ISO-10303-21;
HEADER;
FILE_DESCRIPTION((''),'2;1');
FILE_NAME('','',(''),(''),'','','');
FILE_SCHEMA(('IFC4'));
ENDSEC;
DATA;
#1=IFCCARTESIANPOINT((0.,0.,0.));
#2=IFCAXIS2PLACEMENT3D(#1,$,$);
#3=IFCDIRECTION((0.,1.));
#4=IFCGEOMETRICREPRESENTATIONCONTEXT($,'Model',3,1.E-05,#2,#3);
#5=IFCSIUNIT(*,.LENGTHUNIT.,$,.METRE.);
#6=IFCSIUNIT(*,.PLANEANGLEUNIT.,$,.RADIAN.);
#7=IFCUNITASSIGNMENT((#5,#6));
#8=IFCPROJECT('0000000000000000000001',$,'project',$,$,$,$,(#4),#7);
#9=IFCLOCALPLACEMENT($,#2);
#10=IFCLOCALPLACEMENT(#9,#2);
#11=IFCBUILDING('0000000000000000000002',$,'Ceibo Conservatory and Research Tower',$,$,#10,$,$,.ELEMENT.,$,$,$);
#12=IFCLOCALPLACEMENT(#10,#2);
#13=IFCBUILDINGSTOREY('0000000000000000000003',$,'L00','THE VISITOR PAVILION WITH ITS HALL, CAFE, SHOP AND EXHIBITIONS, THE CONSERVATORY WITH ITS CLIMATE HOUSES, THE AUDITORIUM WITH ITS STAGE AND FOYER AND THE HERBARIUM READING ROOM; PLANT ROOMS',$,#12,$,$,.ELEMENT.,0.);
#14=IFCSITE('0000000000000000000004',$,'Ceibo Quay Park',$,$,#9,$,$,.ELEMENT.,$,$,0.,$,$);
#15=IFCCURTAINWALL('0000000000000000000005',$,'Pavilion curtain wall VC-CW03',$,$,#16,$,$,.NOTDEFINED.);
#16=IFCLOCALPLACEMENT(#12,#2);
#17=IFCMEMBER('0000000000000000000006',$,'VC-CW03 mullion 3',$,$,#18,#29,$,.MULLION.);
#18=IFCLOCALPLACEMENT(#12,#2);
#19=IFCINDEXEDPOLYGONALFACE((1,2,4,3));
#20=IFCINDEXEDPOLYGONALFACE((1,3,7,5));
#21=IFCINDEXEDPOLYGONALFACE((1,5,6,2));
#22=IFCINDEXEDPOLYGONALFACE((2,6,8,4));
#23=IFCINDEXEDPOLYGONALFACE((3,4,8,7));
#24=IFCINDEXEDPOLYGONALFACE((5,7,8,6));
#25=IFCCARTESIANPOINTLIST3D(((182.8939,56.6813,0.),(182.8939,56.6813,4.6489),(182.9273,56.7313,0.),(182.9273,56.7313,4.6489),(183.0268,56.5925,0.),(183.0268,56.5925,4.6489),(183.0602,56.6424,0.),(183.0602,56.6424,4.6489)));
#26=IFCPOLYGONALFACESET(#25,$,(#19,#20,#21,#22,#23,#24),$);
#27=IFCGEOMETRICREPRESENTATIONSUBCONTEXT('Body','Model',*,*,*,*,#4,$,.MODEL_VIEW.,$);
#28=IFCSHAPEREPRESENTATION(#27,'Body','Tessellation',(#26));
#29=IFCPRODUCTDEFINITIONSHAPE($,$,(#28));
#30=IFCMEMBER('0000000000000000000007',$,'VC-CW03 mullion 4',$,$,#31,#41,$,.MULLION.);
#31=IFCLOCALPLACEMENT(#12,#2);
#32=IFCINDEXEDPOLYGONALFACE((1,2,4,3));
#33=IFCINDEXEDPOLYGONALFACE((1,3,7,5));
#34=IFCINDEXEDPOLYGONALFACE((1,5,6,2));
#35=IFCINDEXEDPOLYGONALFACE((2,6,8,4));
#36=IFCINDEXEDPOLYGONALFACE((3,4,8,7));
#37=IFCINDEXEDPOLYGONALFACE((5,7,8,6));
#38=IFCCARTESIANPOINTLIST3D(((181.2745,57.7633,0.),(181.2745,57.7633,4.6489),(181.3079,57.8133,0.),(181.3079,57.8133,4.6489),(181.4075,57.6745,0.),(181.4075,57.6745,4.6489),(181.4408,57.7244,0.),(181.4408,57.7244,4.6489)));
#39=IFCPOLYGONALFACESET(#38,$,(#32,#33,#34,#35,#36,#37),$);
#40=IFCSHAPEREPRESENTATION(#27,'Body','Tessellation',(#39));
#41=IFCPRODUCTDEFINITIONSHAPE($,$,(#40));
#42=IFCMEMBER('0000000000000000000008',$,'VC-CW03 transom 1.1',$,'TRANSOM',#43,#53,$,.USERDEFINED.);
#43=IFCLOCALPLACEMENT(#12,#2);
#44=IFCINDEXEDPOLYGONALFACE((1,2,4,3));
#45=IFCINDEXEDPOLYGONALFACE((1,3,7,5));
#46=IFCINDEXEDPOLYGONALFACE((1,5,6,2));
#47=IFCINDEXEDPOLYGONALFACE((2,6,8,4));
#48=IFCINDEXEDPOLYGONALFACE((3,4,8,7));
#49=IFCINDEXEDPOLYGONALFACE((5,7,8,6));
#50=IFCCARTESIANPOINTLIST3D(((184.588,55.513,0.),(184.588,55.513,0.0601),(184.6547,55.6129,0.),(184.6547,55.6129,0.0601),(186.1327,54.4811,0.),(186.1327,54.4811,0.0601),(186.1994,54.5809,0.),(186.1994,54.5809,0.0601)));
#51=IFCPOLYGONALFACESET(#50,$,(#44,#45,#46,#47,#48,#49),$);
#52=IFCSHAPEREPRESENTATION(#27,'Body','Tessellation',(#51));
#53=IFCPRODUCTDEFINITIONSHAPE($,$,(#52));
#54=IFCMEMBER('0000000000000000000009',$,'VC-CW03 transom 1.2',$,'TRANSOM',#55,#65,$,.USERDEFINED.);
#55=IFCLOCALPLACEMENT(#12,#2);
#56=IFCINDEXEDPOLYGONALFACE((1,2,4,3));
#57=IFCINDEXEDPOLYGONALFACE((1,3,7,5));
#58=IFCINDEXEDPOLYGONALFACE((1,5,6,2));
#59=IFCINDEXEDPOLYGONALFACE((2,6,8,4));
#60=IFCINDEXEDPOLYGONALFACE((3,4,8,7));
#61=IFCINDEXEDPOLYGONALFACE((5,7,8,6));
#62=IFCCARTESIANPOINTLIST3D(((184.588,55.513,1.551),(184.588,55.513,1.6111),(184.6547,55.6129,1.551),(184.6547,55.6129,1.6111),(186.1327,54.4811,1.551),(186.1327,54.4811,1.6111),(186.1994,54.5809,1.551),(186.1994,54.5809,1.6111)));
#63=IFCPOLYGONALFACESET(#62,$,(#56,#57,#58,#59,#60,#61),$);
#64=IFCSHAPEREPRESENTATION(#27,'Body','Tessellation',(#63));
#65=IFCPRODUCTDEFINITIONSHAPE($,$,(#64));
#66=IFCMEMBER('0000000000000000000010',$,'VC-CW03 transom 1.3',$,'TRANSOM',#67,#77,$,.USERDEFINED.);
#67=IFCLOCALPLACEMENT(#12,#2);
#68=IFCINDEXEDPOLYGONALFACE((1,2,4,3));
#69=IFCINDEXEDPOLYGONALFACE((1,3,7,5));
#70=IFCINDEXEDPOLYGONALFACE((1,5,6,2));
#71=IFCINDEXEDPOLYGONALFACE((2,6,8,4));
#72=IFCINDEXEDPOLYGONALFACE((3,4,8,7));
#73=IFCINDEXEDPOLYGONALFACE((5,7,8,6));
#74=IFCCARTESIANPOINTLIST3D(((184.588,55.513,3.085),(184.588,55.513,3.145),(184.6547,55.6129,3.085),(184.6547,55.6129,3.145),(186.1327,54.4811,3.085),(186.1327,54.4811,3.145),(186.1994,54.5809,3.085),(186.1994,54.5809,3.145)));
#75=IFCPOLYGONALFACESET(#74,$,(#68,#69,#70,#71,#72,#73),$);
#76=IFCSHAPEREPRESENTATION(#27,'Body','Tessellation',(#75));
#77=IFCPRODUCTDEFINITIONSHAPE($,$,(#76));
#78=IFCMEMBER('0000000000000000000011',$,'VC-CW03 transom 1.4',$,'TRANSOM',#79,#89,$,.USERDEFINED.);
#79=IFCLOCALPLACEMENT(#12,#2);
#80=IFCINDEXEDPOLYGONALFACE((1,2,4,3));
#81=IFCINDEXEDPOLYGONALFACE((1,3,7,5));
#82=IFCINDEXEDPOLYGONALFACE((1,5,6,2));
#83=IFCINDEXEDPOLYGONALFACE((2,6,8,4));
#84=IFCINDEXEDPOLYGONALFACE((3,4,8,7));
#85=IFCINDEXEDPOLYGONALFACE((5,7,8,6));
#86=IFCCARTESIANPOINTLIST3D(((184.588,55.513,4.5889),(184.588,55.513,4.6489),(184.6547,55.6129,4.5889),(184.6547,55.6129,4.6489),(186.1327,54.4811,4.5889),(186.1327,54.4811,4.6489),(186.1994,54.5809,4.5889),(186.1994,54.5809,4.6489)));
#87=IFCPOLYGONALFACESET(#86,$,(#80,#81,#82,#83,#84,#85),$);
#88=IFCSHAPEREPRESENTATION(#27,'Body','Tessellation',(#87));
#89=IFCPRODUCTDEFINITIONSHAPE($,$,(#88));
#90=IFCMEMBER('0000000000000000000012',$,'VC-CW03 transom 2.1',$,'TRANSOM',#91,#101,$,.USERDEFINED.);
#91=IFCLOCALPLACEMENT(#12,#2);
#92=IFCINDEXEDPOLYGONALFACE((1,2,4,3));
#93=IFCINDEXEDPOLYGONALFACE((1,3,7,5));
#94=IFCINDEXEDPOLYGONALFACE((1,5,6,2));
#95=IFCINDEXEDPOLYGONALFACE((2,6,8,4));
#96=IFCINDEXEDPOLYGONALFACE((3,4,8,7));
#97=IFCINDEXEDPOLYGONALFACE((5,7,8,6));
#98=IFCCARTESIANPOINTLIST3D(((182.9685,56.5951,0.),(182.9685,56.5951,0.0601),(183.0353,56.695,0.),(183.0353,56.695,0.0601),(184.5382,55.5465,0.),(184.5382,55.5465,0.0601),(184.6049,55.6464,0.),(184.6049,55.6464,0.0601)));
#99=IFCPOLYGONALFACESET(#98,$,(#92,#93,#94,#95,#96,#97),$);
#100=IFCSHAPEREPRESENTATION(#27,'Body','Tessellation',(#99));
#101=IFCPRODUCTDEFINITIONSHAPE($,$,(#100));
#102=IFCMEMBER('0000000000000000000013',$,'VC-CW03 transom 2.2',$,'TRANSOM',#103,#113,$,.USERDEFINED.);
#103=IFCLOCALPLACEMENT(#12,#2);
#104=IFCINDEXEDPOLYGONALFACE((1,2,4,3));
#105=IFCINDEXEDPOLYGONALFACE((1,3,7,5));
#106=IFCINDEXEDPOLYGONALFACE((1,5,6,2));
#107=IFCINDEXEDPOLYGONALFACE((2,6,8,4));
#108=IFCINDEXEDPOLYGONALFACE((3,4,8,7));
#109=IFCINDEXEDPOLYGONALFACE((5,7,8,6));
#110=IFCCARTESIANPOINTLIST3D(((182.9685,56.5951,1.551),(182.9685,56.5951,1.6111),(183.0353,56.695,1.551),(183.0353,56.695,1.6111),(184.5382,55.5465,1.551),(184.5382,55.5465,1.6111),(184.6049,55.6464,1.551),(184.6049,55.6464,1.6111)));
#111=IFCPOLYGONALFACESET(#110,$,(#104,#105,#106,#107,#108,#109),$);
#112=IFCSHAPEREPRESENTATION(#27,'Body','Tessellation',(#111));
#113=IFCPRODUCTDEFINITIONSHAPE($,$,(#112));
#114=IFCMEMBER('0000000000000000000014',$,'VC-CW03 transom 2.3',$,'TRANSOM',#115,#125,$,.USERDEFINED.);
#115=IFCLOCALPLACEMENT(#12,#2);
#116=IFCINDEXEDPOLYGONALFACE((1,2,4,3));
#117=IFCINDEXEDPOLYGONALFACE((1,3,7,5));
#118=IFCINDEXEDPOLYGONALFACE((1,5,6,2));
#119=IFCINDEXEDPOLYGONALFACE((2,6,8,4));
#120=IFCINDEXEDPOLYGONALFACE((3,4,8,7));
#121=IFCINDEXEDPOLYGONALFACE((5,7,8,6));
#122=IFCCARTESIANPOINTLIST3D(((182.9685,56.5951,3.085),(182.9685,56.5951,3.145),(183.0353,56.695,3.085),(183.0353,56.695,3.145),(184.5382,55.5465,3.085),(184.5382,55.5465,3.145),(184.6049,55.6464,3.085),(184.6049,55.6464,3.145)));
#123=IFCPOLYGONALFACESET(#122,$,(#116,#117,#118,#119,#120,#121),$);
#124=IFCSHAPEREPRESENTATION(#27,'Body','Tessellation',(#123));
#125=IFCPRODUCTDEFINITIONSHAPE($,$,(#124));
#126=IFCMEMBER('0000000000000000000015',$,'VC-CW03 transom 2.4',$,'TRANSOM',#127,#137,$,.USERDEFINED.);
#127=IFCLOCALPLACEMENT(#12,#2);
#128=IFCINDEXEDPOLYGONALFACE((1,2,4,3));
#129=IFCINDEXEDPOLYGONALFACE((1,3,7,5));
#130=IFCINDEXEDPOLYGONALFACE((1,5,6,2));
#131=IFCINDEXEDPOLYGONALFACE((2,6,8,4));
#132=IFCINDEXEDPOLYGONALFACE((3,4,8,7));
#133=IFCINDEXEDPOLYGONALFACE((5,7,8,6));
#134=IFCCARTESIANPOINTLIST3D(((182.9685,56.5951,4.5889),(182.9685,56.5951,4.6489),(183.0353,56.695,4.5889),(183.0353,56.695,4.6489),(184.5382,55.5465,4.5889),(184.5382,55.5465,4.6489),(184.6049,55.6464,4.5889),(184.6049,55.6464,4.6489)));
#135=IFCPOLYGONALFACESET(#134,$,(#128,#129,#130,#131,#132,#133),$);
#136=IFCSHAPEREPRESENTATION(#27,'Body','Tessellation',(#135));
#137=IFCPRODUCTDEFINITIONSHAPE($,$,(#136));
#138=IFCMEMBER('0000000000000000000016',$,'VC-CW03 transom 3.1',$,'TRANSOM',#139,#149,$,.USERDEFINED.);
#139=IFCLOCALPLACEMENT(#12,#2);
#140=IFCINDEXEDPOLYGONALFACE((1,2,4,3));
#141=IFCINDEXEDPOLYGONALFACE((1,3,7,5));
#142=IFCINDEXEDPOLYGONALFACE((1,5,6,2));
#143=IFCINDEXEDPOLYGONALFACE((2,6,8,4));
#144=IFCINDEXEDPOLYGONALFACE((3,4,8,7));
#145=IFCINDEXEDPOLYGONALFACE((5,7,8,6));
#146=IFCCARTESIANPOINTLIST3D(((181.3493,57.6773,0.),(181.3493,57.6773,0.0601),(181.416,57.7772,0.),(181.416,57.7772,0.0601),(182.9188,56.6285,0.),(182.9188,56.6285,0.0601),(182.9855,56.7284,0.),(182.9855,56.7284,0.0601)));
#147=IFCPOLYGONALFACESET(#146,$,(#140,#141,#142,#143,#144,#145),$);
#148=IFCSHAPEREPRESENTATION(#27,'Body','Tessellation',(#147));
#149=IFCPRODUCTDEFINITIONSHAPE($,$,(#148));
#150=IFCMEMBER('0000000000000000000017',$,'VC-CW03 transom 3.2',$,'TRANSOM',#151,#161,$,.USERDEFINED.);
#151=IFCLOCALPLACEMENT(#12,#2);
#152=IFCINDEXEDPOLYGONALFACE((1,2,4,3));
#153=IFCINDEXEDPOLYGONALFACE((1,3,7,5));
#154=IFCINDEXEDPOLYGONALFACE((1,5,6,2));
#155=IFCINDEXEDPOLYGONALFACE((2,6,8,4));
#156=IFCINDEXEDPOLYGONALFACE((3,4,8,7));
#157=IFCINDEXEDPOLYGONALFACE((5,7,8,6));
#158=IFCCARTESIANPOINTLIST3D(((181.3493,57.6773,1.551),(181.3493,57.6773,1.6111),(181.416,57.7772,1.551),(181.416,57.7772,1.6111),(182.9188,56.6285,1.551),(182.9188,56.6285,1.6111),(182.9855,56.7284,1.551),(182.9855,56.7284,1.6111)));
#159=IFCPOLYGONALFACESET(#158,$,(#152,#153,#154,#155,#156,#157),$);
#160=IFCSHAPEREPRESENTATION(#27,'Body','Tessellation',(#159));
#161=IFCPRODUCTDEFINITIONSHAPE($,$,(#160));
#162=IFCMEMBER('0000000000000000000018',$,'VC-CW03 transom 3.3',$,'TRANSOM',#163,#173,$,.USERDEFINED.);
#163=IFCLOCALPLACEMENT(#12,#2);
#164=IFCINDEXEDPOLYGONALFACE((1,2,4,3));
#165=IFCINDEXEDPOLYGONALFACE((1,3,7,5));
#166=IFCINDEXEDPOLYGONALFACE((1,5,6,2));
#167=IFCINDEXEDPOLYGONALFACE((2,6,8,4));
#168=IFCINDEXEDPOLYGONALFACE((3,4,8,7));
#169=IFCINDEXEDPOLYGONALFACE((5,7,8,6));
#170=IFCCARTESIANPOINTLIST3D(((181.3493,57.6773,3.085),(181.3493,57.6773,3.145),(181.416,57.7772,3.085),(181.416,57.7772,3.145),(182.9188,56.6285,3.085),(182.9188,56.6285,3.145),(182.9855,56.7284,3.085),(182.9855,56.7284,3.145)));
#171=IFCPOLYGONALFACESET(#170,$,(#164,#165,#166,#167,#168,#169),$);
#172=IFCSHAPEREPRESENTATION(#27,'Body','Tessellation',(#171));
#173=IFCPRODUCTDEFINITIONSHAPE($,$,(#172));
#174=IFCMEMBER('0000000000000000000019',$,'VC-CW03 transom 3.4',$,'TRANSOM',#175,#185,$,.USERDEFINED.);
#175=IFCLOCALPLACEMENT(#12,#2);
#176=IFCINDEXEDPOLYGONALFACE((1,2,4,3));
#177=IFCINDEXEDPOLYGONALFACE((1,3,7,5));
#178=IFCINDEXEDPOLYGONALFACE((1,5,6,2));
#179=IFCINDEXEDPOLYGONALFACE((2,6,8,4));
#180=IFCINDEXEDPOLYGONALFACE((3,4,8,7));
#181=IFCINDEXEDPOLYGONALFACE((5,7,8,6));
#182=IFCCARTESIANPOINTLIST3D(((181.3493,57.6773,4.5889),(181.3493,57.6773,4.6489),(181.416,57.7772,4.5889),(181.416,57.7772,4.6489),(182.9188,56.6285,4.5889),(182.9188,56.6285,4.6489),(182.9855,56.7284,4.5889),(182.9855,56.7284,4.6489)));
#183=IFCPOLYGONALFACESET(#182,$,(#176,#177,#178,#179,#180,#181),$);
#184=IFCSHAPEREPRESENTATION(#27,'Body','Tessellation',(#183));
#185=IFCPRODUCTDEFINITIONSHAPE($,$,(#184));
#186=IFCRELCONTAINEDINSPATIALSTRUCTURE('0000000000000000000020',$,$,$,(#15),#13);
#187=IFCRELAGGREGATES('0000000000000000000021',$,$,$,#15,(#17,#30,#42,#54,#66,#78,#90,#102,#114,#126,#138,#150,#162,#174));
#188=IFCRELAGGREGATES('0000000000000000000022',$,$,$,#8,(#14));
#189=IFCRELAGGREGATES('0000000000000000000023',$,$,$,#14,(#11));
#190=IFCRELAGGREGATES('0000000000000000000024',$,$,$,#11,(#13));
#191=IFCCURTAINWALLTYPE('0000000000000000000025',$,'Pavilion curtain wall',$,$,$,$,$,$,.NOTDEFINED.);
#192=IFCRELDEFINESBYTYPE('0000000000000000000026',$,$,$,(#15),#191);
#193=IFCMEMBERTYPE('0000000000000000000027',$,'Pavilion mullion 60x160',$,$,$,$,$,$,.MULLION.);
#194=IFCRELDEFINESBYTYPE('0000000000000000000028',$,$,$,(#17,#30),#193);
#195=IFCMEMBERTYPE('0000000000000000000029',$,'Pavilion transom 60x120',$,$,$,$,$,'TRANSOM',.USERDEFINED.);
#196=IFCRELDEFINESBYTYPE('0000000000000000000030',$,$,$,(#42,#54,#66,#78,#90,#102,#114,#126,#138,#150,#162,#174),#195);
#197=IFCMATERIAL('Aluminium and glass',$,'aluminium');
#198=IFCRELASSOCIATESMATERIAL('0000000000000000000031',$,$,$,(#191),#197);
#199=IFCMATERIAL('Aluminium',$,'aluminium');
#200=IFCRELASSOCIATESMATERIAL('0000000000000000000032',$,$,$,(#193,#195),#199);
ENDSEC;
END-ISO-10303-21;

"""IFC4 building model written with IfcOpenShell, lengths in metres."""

from ifc_helpers import new_model, si_unit, direction, frame, origin, origin_2d, place, context, subcontext, project, spatial, rectangle, extrude, material, material_profile, profile_set, type_object, element, aggregate, save


model = new_model("IFC4")

# Units and contexts
model_context = context("Model", 3, precision=1e-05, world=origin(), true_north=direction((0.0, 1.0)))
body_context = subcontext(model_context, "Body", "Model", "MODEL_VIEW")
ifc_project = project(units=[si_unit("LENGTHUNIT", "METRE"), si_unit("PLANEANGLEUNIT", "RADIAN")], contexts=[model_context])

# Site, building, storey
site_placement = place(None, origin())
site = spatial("IfcSite", under=ifc_project, at=site_placement, Name="Ceibo Quay Park", CompositionType="ELEMENT", RefElevation=0.0)
building_placement = place(site_placement, origin())
building = spatial("IfcBuilding", under=site, at=building_placement, Name="Ceibo Conservatory and Research Tower", CompositionType="ELEMENT")
storey_placement = place(building_placement, origin())
storey = spatial("IfcBuildingStorey", under=building, at=storey_placement, Name="L00", Description="THE VISITOR PAVILION WITH ITS HALL, CAFE, SHOP AND EXHIBITIONS, THE CONSERVATORY WITH ITS CLIMATE HOUSES, THE AUDITORIUM WITH ITS STAGE AND FOYER AND THE HERBARIUM READING ROOM; PLANT ROOMS", CompositionType="ELEMENT", Elevation=0.0)

# Shared definitions
ifc_material_1 = material(Name="Aluminium and glass", Category="aluminium")
curtain_wall_type = type_object("IfcCurtainWallType", Name="Pavilion curtain wall", PredefinedType="NOTDEFINED", material=ifc_material_1)
ifc_material_2 = material(Name="Aluminium", Category="aluminium")
ifc_material_profile_1 = material_profile(ifc_material_2, rectangle(XDim=0.0601, YDim=0.1599, at=origin_2d()), Name="AL 60x160")
ifc_profile_set_1 = profile_set([ifc_material_profile_1], Name="Aluminium")
member_type_1 = type_object("IfcMemberType", Name="Pavilion mullion 60x160", PredefinedType="MULLION", material=ifc_profile_set_1)

# Curtain wall, members
curtain_wall_1_placement = place(storey_placement, origin())
curtain_wall_1 = element("IfcCurtainWall", 1, at=curtain_wall_1_placement, inside=storey, type_object=curtain_wall_type, Name="Pavilion curtain wall VC-CW03", PredefinedType="NOTDEFINED")
member_1_placement = place(storey_placement, frame((182.9771, 56.6619, 0.0), z_axis=(0.0, 0.0, 1.0), x_axis=(-0.55557, -0.83147, 0.0)))
member_1 = element("IfcMember", 2, at=member_1_placement, type_object=member_type_1, Name="VC-CW03 mullion 3", PredefinedType="MULLION", context=body_context, shape_type="SweptSolid", body=[
    extrude(rectangle(XDim=0.0601, YDim=0.1599, at=origin_2d()), origin(), (0.0, 0.0, 1.0), 4.6489),
])
member_2_placement = place(storey_placement, frame((181.3577, 57.7439, 0.0), z_axis=(0.0, 0.0, 1.0), x_axis=(-0.55557, -0.83147, 0.0)))
member_2 = element("IfcMember", 3, at=member_2_placement, type_object=member_type_1, Name="VC-CW03 mullion 4", PredefinedType="MULLION", context=body_context, shape_type="SweptSolid", body=[
    extrude(rectangle(XDim=0.0601, YDim=0.1599, at=origin_2d()), origin(), (0.0, 0.0, 1.0), 4.6489),
])
ifc_material_profile_2 = material_profile(ifc_material_2, rectangle(XDim=0.1201, YDim=0.0601, at=origin_2d()), Name="AL 60x120")
ifc_profile_set_2 = profile_set([ifc_material_profile_2], Name="Aluminium")
member_type_2 = type_object("IfcMemberType", Name="Pavilion transom 60x120", ElementType="TRANSOM", PredefinedType="USERDEFINED", material=ifc_profile_set_2)
member_3_placement = place(storey_placement, frame((186.166, 54.531, 0.03), z_axis=(-0.831504, 0.555519, 0.0), x_axis=(-0.555519, -0.831504, 0.0)))
member_3 = element("IfcMember", 4, at=member_3_placement, type_object=member_type_2, Name="VC-CW03 transom 1.1", ObjectType="TRANSOM", PredefinedType="USERDEFINED", context=body_context, shape_type="SweptSolid", body=[
    extrude(rectangle(XDim=0.1201, YDim=0.0601, at=origin_2d()), origin(), (0.0, 0.0, 1.0), 1.8577),
])
member_4_placement = place(storey_placement, frame((186.166, 54.531, 1.5811), z_axis=(-0.831504, 0.555519, 0.0), x_axis=(-0.555519, -0.831504, 0.0)))
member_4 = element("IfcMember", 5, at=member_4_placement, type_object=member_type_2, Name="VC-CW03 transom 1.2", ObjectType="TRANSOM", PredefinedType="USERDEFINED", context=body_context, shape_type="SweptSolid", body=[
    extrude(rectangle(XDim=0.1201, YDim=0.0601, at=origin_2d()), origin(), (0.0, 0.0, 1.0), 1.8577),
])
member_5_placement = place(storey_placement, frame((186.166, 54.531, 3.115), z_axis=(-0.831504, 0.555519, 0.0), x_axis=(-0.555519, -0.831504, 0.0)))
member_5 = element("IfcMember", 6, at=member_5_placement, type_object=member_type_2, Name="VC-CW03 transom 1.3", ObjectType="TRANSOM", PredefinedType="USERDEFINED", context=body_context, shape_type="SweptSolid", body=[
    extrude(rectangle(XDim=0.1201, YDim=0.0601, at=origin_2d()), origin(), (0.0, 0.0, 1.0), 1.8577),
])
member_6_placement = place(storey_placement, frame((186.166, 54.531, 4.6189), z_axis=(-0.831504, 0.555519, 0.0), x_axis=(-0.555519, -0.831504, 0.0)))
member_6 = element("IfcMember", 7, at=member_6_placement, type_object=member_type_2, Name="VC-CW03 transom 1.4", ObjectType="TRANSOM", PredefinedType="USERDEFINED", context=body_context, shape_type="SweptSolid", body=[
    extrude(rectangle(XDim=0.1201, YDim=0.0601, at=origin_2d()), origin(), (0.0, 0.0, 1.0), 1.8577),
])
member_7_placement = place(storey_placement, frame((184.5715, 55.5964, 0.03), z_axis=(-0.831513, 0.555506, 0.0), x_axis=(-0.555506, -0.831513, 0.0)))
member_7 = element("IfcMember", 8, at=member_7_placement, type_object=member_type_2, Name="VC-CW03 transom 2.1", ObjectType="TRANSOM", PredefinedType="USERDEFINED", context=body_context, shape_type="SweptSolid", body=[
    extrude(rectangle(XDim=0.1201, YDim=0.0601, at=origin_2d()), origin(), (0.0, 0.0, 1.0), 1.8877),
])
member_8_placement = place(storey_placement, frame((184.5715, 55.5964, 1.5811), z_axis=(-0.831513, 0.555506, 0.0), x_axis=(-0.555506, -0.831513, 0.0)))
member_8 = element("IfcMember", 9, at=member_8_placement, type_object=member_type_2, Name="VC-CW03 transom 2.2", ObjectType="TRANSOM", PredefinedType="USERDEFINED", context=body_context, shape_type="SweptSolid", body=[
    extrude(rectangle(XDim=0.1201, YDim=0.0601, at=origin_2d()), origin(), (0.0, 0.0, 1.0), 1.8877),
])
member_9_placement = place(storey_placement, frame((184.5715, 55.5964, 3.115), z_axis=(-0.831513, 0.555506, 0.0), x_axis=(-0.555506, -0.831513, 0.0)))
member_9 = element("IfcMember", 10, at=member_9_placement, type_object=member_type_2, Name="VC-CW03 transom 2.3", ObjectType="TRANSOM", PredefinedType="USERDEFINED", context=body_context, shape_type="SweptSolid", body=[
    extrude(rectangle(XDim=0.1201, YDim=0.0601, at=origin_2d()), origin(), (0.0, 0.0, 1.0), 1.8877),
])
member_10_placement = place(storey_placement, frame((184.5715, 55.5964, 4.6189), z_axis=(-0.831513, 0.555506, 0.0), x_axis=(-0.555506, -0.831513, 0.0)))
member_10 = element("IfcMember", 11, at=member_10_placement, type_object=member_type_2, Name="VC-CW03 transom 2.4", ObjectType="TRANSOM", PredefinedType="USERDEFINED", context=body_context, shape_type="SweptSolid", body=[
    extrude(rectangle(XDim=0.1201, YDim=0.0601, at=origin_2d()), origin(), (0.0, 0.0, 1.0), 1.8877),
])
member_11_placement = place(storey_placement, frame((182.9521, 56.6785, 0.03), z_axis=(-0.831453, 0.555595, 0.0), x_axis=(-0.555595, -0.831453, 0.0)))
member_11 = element("IfcMember", 12, at=member_11_placement, type_object=member_type_2, Name="VC-CW03 transom 3.1", ObjectType="TRANSOM", PredefinedType="USERDEFINED", context=body_context, shape_type="SweptSolid", body=[
    extrude(rectangle(XDim=0.1201, YDim=0.0601, at=origin_2d()), origin(), (0.0, 0.0, 1.0), 1.8877),
])
member_12_placement = place(storey_placement, frame((182.9521, 56.6785, 1.5811), z_axis=(-0.831453, 0.555595, 0.0), x_axis=(-0.555595, -0.831453, 0.0)))
member_12 = element("IfcMember", 13, at=member_12_placement, type_object=member_type_2, Name="VC-CW03 transom 3.2", ObjectType="TRANSOM", PredefinedType="USERDEFINED", context=body_context, shape_type="SweptSolid", body=[
    extrude(rectangle(XDim=0.1201, YDim=0.0601, at=origin_2d()), origin(), (0.0, 0.0, 1.0), 1.8877),
])
member_13_placement = place(storey_placement, frame((182.9521, 56.6785, 3.115), z_axis=(-0.831453, 0.555595, 0.0), x_axis=(-0.555595, -0.831453, 0.0)))
member_13 = element("IfcMember", 14, at=member_13_placement, type_object=member_type_2, Name="VC-CW03 transom 3.3", ObjectType="TRANSOM", PredefinedType="USERDEFINED", context=body_context, shape_type="SweptSolid", body=[
    extrude(rectangle(XDim=0.1201, YDim=0.0601, at=origin_2d()), origin(), (0.0, 0.0, 1.0), 1.8877),
])
member_14_placement = place(storey_placement, frame((182.9521, 56.6785, 4.6189), z_axis=(-0.831453, 0.555595, 0.0), x_axis=(-0.555595, -0.831453, 0.0)))
member_14 = element("IfcMember", 15, at=member_14_placement, type_object=member_type_2, Name="VC-CW03 transom 3.4", ObjectType="TRANSOM", PredefinedType="USERDEFINED", context=body_context, shape_type="SweptSolid", body=[
    extrude(rectangle(XDim=0.1201, YDim=0.0601, at=origin_2d()), origin(), (0.0, 0.0, 1.0), 1.8877),
])

aggregate(curtain_wall_1, [member_1, member_2, member_3, member_4, member_5, member_6, member_7, member_8, member_9, member_10, member_11, member_12, member_13, member_14])

save(model, "model.ifc")
